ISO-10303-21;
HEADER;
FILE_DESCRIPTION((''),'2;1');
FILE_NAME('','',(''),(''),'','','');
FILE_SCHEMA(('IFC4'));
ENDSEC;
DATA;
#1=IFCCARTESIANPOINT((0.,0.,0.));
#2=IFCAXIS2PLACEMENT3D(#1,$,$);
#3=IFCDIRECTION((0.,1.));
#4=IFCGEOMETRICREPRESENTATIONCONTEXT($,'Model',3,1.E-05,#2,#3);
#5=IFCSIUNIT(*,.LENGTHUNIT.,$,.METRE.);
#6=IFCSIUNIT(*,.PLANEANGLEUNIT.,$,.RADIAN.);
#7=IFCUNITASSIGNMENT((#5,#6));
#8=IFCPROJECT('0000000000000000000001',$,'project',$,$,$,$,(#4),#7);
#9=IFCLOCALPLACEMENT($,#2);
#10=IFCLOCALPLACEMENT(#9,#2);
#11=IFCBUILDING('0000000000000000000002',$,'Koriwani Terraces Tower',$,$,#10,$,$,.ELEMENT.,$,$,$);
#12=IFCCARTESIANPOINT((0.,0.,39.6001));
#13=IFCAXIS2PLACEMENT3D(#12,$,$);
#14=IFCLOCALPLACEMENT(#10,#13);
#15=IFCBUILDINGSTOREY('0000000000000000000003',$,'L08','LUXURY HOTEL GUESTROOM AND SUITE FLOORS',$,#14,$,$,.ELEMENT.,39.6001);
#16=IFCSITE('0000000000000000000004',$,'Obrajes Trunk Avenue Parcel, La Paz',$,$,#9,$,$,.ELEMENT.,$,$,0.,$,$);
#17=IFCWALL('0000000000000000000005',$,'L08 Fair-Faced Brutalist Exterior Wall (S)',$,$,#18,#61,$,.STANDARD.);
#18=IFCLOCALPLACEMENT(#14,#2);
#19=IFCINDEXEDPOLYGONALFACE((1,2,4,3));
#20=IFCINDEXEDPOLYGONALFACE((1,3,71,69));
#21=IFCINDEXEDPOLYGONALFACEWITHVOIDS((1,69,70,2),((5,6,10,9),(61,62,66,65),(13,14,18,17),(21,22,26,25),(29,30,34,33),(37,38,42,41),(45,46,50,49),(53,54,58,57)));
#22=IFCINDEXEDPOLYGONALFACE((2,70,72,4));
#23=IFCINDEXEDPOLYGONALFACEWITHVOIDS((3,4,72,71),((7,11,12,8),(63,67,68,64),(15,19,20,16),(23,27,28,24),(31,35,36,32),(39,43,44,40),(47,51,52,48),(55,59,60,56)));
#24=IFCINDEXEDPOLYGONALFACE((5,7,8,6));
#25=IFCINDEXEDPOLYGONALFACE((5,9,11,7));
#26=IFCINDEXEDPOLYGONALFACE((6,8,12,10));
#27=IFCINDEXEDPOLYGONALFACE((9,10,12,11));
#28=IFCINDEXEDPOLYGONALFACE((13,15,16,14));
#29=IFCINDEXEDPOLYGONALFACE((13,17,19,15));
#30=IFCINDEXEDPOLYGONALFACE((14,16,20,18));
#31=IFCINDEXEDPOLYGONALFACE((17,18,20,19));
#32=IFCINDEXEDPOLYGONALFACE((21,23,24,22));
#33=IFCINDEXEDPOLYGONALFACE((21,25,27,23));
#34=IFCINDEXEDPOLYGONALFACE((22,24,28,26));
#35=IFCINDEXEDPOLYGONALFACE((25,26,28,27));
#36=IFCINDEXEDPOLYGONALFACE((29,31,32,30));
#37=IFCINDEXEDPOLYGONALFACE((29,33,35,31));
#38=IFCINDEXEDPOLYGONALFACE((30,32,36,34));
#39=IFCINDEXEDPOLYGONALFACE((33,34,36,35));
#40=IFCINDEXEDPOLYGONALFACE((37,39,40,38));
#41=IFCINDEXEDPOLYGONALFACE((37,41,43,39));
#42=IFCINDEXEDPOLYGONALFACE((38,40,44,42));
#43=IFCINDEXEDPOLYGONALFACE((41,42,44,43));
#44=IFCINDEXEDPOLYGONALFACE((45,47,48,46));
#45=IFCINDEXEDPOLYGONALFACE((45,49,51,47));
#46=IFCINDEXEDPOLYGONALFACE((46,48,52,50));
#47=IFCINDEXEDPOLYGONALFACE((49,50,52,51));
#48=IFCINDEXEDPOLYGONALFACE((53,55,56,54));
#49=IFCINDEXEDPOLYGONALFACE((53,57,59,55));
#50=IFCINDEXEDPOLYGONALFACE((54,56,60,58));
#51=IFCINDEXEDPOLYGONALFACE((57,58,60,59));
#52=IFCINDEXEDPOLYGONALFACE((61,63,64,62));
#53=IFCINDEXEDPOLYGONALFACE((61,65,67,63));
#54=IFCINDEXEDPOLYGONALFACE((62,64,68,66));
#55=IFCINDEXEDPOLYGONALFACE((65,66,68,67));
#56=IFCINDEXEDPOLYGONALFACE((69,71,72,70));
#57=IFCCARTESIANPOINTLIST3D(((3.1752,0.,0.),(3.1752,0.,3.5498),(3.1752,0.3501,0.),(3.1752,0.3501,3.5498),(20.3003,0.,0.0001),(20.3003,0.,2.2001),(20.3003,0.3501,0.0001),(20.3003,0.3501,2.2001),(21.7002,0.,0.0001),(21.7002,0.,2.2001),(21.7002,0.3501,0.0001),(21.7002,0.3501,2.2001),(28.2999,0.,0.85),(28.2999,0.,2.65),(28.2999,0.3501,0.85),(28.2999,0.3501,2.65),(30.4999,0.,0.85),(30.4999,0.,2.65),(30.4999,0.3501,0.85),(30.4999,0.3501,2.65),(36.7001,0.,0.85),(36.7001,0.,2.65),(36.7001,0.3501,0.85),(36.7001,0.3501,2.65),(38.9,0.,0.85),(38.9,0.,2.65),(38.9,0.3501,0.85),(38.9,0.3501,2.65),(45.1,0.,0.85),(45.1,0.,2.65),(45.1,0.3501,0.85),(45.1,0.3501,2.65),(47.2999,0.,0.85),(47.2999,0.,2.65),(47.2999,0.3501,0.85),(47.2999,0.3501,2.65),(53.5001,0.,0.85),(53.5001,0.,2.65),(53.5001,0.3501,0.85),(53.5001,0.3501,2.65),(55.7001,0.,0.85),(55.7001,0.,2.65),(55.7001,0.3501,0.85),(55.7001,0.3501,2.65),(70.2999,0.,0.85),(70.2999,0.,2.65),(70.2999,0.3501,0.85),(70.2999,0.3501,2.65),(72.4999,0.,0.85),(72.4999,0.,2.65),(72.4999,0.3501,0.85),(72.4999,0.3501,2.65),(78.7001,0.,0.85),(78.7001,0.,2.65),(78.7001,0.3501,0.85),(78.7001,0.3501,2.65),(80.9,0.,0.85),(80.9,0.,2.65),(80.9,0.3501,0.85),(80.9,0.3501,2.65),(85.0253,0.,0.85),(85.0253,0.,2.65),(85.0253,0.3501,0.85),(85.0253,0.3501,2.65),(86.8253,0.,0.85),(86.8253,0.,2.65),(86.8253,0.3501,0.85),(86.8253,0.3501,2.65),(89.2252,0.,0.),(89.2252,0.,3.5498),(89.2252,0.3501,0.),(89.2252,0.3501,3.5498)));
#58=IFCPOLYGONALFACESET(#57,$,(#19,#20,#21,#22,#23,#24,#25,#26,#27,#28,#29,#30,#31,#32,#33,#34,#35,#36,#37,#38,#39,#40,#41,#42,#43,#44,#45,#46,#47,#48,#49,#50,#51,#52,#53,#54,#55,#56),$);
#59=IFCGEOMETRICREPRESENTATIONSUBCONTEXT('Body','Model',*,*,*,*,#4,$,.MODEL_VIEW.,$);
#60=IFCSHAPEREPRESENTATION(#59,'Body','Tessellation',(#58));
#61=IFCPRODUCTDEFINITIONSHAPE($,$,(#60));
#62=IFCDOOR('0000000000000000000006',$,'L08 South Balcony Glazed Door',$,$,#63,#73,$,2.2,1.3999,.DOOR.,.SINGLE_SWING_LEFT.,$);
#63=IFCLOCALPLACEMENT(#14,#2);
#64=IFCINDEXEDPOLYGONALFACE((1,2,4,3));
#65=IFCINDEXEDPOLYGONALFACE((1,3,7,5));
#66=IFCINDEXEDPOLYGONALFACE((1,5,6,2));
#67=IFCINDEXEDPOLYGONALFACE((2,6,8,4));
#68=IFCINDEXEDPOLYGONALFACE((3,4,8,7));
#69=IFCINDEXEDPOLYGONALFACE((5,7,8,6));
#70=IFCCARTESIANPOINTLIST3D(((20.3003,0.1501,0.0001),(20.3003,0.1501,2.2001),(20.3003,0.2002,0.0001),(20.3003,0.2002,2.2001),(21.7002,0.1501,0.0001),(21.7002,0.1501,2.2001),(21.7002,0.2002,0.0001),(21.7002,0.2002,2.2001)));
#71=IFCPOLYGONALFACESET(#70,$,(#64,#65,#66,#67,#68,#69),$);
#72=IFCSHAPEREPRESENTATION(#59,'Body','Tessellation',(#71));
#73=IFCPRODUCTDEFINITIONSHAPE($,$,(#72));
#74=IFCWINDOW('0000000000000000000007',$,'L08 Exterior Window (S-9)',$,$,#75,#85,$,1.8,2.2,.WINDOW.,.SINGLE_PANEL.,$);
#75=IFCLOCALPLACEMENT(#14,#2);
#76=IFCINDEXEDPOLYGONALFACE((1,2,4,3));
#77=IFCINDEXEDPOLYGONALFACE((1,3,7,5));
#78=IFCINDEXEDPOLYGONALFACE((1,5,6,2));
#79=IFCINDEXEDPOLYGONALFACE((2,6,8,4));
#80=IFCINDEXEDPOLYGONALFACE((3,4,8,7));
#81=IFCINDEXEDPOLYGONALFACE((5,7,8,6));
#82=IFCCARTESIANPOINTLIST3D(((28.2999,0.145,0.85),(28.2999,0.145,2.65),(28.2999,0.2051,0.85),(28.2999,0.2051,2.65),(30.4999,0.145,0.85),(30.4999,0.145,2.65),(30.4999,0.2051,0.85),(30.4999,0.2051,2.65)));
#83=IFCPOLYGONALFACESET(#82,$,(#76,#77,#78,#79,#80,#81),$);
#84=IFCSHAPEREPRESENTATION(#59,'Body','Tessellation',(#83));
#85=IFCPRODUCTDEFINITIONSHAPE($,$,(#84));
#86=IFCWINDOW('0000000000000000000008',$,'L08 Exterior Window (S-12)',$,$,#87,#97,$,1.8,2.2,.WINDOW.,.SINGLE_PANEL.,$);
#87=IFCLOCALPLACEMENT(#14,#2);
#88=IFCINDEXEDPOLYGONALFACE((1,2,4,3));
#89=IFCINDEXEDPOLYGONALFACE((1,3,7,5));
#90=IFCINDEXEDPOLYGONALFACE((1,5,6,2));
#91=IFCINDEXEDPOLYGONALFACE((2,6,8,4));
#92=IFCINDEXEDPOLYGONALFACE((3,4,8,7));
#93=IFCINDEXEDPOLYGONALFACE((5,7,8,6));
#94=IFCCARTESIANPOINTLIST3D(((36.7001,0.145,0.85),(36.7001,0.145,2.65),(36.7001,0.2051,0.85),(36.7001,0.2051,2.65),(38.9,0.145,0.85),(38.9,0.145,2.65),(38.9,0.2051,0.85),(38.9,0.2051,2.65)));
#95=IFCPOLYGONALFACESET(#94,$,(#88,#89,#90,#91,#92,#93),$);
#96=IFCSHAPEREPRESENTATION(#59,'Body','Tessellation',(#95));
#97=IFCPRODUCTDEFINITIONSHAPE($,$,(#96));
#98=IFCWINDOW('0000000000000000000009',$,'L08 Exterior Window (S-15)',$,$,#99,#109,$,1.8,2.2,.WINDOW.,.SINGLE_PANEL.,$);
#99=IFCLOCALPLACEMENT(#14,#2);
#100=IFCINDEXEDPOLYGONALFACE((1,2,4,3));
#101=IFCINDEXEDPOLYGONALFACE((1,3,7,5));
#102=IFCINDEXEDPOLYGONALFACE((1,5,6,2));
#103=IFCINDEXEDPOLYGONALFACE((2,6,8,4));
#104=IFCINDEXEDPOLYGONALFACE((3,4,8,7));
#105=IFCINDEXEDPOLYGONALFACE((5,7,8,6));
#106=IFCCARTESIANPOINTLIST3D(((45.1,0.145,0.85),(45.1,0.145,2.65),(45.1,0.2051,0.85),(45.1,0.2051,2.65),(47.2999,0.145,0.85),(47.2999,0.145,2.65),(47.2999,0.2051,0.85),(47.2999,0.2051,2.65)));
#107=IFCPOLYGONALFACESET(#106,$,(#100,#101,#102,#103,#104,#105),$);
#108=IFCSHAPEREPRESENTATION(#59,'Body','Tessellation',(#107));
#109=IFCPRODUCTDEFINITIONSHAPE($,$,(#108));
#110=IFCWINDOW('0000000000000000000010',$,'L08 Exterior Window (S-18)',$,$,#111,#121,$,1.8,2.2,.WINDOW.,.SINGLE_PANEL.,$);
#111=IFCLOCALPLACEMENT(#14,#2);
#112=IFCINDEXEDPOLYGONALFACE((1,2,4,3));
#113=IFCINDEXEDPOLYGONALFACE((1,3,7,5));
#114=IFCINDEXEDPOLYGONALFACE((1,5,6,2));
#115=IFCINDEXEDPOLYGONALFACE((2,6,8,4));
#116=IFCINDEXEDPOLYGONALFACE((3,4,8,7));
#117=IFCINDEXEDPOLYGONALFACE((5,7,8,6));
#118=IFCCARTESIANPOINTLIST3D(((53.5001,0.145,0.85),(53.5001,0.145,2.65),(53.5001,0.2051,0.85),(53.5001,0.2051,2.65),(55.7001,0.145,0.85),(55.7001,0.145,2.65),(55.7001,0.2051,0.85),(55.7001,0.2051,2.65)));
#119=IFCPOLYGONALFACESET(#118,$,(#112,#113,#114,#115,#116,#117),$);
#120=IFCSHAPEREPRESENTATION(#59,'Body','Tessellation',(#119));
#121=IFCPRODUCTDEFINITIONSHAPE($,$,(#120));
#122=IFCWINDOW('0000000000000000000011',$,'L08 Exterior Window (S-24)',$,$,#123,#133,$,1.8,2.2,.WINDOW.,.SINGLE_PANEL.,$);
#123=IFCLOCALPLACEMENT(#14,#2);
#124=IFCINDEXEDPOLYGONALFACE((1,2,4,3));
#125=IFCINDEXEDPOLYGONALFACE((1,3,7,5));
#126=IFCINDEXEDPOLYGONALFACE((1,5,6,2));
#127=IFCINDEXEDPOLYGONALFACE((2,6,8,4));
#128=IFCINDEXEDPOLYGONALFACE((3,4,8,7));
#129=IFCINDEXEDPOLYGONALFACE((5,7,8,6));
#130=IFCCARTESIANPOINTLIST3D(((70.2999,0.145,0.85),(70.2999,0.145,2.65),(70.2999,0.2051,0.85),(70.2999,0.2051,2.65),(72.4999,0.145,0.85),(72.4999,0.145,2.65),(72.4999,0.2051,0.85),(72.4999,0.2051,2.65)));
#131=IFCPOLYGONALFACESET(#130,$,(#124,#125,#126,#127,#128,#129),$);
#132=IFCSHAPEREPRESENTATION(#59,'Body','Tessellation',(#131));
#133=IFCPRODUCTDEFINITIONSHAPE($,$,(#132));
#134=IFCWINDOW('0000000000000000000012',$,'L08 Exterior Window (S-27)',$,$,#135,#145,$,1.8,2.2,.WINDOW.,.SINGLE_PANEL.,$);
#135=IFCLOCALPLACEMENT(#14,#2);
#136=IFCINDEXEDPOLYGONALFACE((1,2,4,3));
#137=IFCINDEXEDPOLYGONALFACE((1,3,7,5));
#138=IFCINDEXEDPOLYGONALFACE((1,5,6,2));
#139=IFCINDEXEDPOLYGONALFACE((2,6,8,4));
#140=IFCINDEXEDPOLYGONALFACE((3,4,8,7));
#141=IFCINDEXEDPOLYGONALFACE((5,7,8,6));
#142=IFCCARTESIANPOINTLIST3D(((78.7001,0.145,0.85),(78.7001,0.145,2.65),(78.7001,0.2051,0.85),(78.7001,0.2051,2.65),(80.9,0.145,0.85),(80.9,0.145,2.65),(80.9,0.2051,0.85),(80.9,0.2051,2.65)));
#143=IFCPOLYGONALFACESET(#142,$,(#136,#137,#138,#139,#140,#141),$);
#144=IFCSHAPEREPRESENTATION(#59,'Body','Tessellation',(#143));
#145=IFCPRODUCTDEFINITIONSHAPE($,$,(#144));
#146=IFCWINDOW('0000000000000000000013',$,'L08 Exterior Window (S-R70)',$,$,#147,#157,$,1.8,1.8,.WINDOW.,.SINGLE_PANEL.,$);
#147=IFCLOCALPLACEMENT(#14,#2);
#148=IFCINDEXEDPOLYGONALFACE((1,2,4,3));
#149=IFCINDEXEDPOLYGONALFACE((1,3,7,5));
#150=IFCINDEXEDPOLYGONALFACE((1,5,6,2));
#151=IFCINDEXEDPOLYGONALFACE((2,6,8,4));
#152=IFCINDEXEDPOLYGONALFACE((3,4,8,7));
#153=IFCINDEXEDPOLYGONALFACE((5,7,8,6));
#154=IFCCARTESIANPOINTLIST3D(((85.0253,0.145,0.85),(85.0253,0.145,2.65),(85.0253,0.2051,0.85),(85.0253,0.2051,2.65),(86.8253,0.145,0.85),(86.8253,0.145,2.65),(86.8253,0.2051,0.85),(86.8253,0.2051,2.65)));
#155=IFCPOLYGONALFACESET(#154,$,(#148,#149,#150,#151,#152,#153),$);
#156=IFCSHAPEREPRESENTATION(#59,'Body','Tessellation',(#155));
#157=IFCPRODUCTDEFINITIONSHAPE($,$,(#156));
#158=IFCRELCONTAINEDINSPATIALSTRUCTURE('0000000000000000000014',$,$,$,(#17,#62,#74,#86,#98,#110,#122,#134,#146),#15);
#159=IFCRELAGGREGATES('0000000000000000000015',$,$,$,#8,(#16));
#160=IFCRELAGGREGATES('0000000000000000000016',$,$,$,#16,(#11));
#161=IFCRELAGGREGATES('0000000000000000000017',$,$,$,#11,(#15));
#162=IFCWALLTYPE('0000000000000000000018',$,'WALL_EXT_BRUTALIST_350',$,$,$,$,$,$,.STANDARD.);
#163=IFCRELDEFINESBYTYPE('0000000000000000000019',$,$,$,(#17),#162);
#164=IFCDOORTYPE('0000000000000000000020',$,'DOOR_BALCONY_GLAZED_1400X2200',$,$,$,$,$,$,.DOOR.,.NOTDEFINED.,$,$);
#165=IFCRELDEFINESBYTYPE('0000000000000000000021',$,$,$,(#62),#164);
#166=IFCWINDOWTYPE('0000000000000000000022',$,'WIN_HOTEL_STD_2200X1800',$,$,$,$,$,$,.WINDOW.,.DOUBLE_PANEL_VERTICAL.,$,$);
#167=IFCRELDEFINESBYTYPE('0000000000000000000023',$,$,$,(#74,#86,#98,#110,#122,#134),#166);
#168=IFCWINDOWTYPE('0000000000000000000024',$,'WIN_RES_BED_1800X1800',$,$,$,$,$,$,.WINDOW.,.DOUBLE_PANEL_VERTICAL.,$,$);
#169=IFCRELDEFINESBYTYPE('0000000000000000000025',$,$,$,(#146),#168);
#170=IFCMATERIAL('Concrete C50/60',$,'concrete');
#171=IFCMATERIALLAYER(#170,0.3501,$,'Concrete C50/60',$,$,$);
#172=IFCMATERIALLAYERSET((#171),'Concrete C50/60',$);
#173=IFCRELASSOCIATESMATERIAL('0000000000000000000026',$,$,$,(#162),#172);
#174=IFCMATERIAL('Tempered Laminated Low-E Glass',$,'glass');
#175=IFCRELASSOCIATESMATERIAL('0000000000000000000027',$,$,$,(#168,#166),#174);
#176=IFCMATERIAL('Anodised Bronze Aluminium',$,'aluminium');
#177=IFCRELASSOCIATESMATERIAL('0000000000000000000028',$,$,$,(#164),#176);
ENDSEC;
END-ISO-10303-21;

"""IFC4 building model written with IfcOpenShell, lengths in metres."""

from ifc_helpers import new_model, si_unit, direction, frame, frame_2d, origin, place, context, subcontext, project, spatial, rectangle, extrude, material, layer, layer_set, type_object, element, fill, save


model = new_model("IFC4")

# Units and contexts
model_context = context("Model", 3, precision=1e-05, world=origin(), true_north=direction((0.0, 1.0)))
body_context = subcontext(model_context, "Body", "Model", "MODEL_VIEW")
ifc_project = project(units=[si_unit("LENGTHUNIT", "METRE"), si_unit("PLANEANGLEUNIT", "RADIAN")], contexts=[model_context])

# Site, building, storey
site_placement = place(None, origin())
site = spatial("IfcSite", under=ifc_project, at=site_placement, Name="Obrajes Trunk Avenue Parcel, La Paz", CompositionType="ELEMENT", RefElevation=0.0)
building_placement = place(site_placement, origin())
building = spatial("IfcBuilding", under=site, at=building_placement, Name="Koriwani Terraces Tower", CompositionType="ELEMENT")
storey_placement = place(building_placement, frame((0.0, 0.0, 39.6001)))
storey = spatial("IfcBuildingStorey", under=building, at=storey_placement, Name="L08", Description="LUXURY HOTEL GUESTROOM AND SUITE FLOORS", CompositionType="ELEMENT", Elevation=39.6001)

# Shared definitions
ifc_material_1 = material(Name="Anodised Bronze Aluminium", Category="aluminium")
ifc_material_2 = material(Name="Tempered Laminated Low-E Glass", Category="glass")

# Shared definitions
ifc_material_3 = material(Name="Concrete C50/60", Category="concrete")
ifc_layer_1 = layer(ifc_material_3, 0.3501, Name="Concrete C50/60")
ifc_layer_set_1 = layer_set([ifc_layer_1], Name="Concrete C50/60")
wall_type_1 = type_object("IfcWallType", Name="WALL_EXT_BRUTALIST_350", PredefinedType="STANDARD", material=ifc_layer_set_1)

# Shared definitions
window_type_1 = type_object("IfcWindowType", Name="WIN_RES_BED_1800X1800", PartitioningType="DOUBLE_PANEL_VERTICAL", PredefinedType="WINDOW", material=ifc_material_2)

# Wall, openings, door, windows
wall_1_placement = place(storey_placement, frame((89.2251, 0.175, 0.0), z_axis=(0.0, 0.0, 1.0), x_axis=(-1.0, 0.0, 0.0)))
wall_1 = element("IfcWall", 1, at=wall_1_placement, inside=storey, type_object=wall_type_1, Name="L08 Fair-Faced Brutalist Exterior Wall (S)", PredefinedType="STANDARD", context=body_context, shape_type="SweptSolid", body=[
    extrude(rectangle(XDim=86.05, YDim=0.3501, at=frame_2d((43.0249, 0.0))), origin(), (0.0, 0.0, 1.0), 3.5498),
])
opening_1_placement = place(wall_1_placement, frame((67.5249, 0.0, 0.0)))
opening_1 = element("IfcOpeningElement", 2, at=opening_1_placement, cuts=wall_1, PredefinedType="OPENING", context=body_context, shape_type="SweptSolid", body=[
    extrude(rectangle(XDim=1.3999, YDim=2.2, at=frame_2d((0.7, 1.1001))), frame((0.0, 0.1851, 0.0), z_axis=(0.0, -1.0, 0.0), x_axis=(1.0, 0.0, 0.0)), (0.0, 0.0, 1.0), 0.3701),
])
opening_2_placement = place(wall_1_placement, frame((58.7251, 0.0, 0.8501)))
opening_2 = element("IfcOpeningElement", 3, at=opening_2_placement, cuts=wall_1, PredefinedType="OPENING", context=body_context, shape_type="SweptSolid", body=[
    extrude(rectangle(XDim=2.2, YDim=1.8, at=frame_2d((1.1001, 0.8999))), frame((0.0, 0.1851, 0.0), z_axis=(0.0, -1.0, 0.0), x_axis=(1.0, 0.0, 0.0)), (0.0, 0.0, 1.0), 0.3701),
])
opening_3_placement = place(wall_1_placement, frame((50.325, 0.0, 0.8501)))
opening_3 = element("IfcOpeningElement", 4, at=opening_3_placement, cuts=wall_1, PredefinedType="OPENING", context=body_context, shape_type="SweptSolid", body=[
    extrude(rectangle(XDim=2.2, YDim=1.8, at=frame_2d((1.1001, 0.8999))), frame((0.0, 0.1851, 0.0), z_axis=(0.0, -1.0, 0.0), x_axis=(1.0, 0.0, 0.0)), (0.0, 0.0, 1.0), 0.3701),
])
opening_4_placement = place(wall_1_placement, frame((41.925, 0.0, 0.8501)))
opening_4 = element("IfcOpeningElement", 5, at=opening_4_placement, cuts=wall_1, PredefinedType="OPENING", context=body_context, shape_type="SweptSolid", body=[
    extrude(rectangle(XDim=2.2, YDim=1.8, at=frame_2d((1.1001, 0.8999))), frame((0.0, 0.1851, 0.0), z_axis=(0.0, -1.0, 0.0), x_axis=(1.0, 0.0, 0.0)), (0.0, 0.0, 1.0), 0.3701),
])
opening_5_placement = place(wall_1_placement, frame((33.5249, 0.0, 0.8501)))
opening_5 = element("IfcOpeningElement", 6, at=opening_5_placement, cuts=wall_1, PredefinedType="OPENING", context=body_context, shape_type="SweptSolid", body=[
    extrude(rectangle(XDim=2.2, YDim=1.8, at=frame_2d((1.1001, 0.8999))), frame((0.0, 0.1851, 0.0), z_axis=(0.0, -1.0, 0.0), x_axis=(1.0, 0.0, 0.0)), (0.0, 0.0, 1.0), 0.3701),
])
opening_6_placement = place(wall_1_placement, frame((16.7251, 0.0, 0.8501)))
opening_6 = element("IfcOpeningElement", 7, at=opening_6_placement, cuts=wall_1, PredefinedType="OPENING", context=body_context, shape_type="SweptSolid", body=[
    extrude(rectangle(XDim=2.2, YDim=1.8, at=frame_2d((1.1001, 0.8999))), frame((0.0, 0.1851, 0.0), z_axis=(0.0, -1.0, 0.0), x_axis=(1.0, 0.0, 0.0)), (0.0, 0.0, 1.0), 0.3701),
])
opening_7_placement = place(wall_1_placement, frame((8.325, 0.0, 0.8501)))
opening_7 = element("IfcOpeningElement", 8, at=opening_7_placement, cuts=wall_1, PredefinedType="OPENING", context=body_context, shape_type="SweptSolid", body=[
    extrude(rectangle(XDim=2.2, YDim=1.8, at=frame_2d((1.1001, 0.8999))), frame((0.0, 0.1851, 0.0), z_axis=(0.0, -1.0, 0.0), x_axis=(1.0, 0.0, 0.0)), (0.0, 0.0, 1.0), 0.3701),
])
opening_8_placement = place(wall_1_placement, frame((2.3999, 0.0, 0.8501)))
opening_8 = element("IfcOpeningElement", 9, at=opening_8_placement, cuts=wall_1, PredefinedType="OPENING", context=body_context, shape_type="SweptSolid", body=[
    extrude(rectangle(XDim=1.8, YDim=1.8, at=frame_2d((0.8999, 0.8999))), frame((0.0, 0.1851, 0.0), z_axis=(0.0, -1.0, 0.0), x_axis=(1.0, 0.0, 0.0)), (0.0, 0.0, 1.0), 0.3701),
])
door_type = type_object("IfcDoorType", Name="DOOR_BALCONY_GLAZED_1400X2200", OperationType="NOTDEFINED", PredefinedType="DOOR", material=ifc_material_1)
door_placement = place(opening_1_placement, origin())
door = element("IfcDoor", 10, at=door_placement, inside=storey, type_object=door_type, Name="L08 South Balcony Glazed Door", OperationType="SINGLE_SWING_LEFT", OverallHeight=2.2, OverallWidth=1.3999, PredefinedType="DOOR", context=body_context, shape_type="SweptSolid", body=[
    extrude(rectangle(XDim=1.3999, YDim=2.2, at=frame_2d((0.7, 1.1001))), frame((0.0, 0.0249, 0.0), z_axis=(0.0, -1.0, 0.0), x_axis=(1.0, 0.0, 0.0)), (0.0, 0.0, 1.0), 0.05),
])
fill(opening_1, door)
window_type_2 = type_object("IfcWindowType", Name="WIN_HOTEL_STD_2200X1800", PartitioningType="DOUBLE_PANEL_VERTICAL", PredefinedType="WINDOW", material=ifc_material_2)
window_1_placement = place(opening_2_placement, origin())
window_1 = element("IfcWindow", 11, at=window_1_placement, inside=storey, type_object=window_type_2, Name="L08 Exterior Window (S-9)", OverallHeight=1.8, OverallWidth=2.2, PartitioningType="SINGLE_PANEL", PredefinedType="WINDOW", context=body_context, shape_type="SweptSolid", body=[
    extrude(rectangle(XDim=2.2, YDim=1.8, at=frame_2d((1.1001, 0.8999))), frame((0.0, 0.03, 0.0), z_axis=(0.0, -1.0, 0.0), x_axis=(1.0, 0.0, 0.0)), (0.0, 0.0, 1.0), 0.0601),
])
fill(opening_2, window_1)
window_2_placement = place(opening_3_placement, origin())
window_2 = element("IfcWindow", 12, at=window_2_placement, inside=storey, type_object=window_type_2, Name="L08 Exterior Window (S-12)", OverallHeight=1.8, OverallWidth=2.2, PartitioningType="SINGLE_PANEL", PredefinedType="WINDOW", context=body_context, shape_type="SweptSolid", body=[
    extrude(rectangle(XDim=2.2, YDim=1.8, at=frame_2d((1.1001, 0.8999))), frame((0.0, 0.03, 0.0), z_axis=(0.0, -1.0, 0.0), x_axis=(1.0, 0.0, 0.0)), (0.0, 0.0, 1.0), 0.0601),
])
fill(opening_3, window_2)
window_3_placement = place(opening_4_placement, origin())
window_3 = element("IfcWindow", 13, at=window_3_placement, inside=storey, type_object=window_type_2, Name="L08 Exterior Window (S-15)", OverallHeight=1.8, OverallWidth=2.2, PartitioningType="SINGLE_PANEL", PredefinedType="WINDOW", context=body_context, shape_type="SweptSolid", body=[
    extrude(rectangle(XDim=2.2, YDim=1.8, at=frame_2d((1.1001, 0.8999))), frame((0.0, 0.03, 0.0), z_axis=(0.0, -1.0, 0.0), x_axis=(1.0, 0.0, 0.0)), (0.0, 0.0, 1.0), 0.0601),
])
fill(opening_4, window_3)
window_4_placement = place(opening_5_placement, origin())
window_4 = element("IfcWindow", 14, at=window_4_placement, inside=storey, type_object=window_type_2, Name="L08 Exterior Window (S-18)", OverallHeight=1.8, OverallWidth=2.2, PartitioningType="SINGLE_PANEL", PredefinedType="WINDOW", context=body_context, shape_type="SweptSolid", body=[
    extrude(rectangle(XDim=2.2, YDim=1.8, at=frame_2d((1.1001, 0.8999))), frame((0.0, 0.03, 0.0), z_axis=(0.0, -1.0, 0.0), x_axis=(1.0, 0.0, 0.0)), (0.0, 0.0, 1.0), 0.0601),
])
fill(opening_5, window_4)
window_5_placement = place(opening_6_placement, origin())
window_5 = element("IfcWindow", 15, at=window_5_placement, inside=storey, type_object=window_type_2, Name="L08 Exterior Window (S-24)", OverallHeight=1.8, OverallWidth=2.2, PartitioningType="SINGLE_PANEL", PredefinedType="WINDOW", context=body_context, shape_type="SweptSolid", body=[
    extrude(rectangle(XDim=2.2, YDim=1.8, at=frame_2d((1.1001, 0.8999))), frame((0.0, 0.03, 0.0), z_axis=(0.0, -1.0, 0.0), x_axis=(1.0, 0.0, 0.0)), (0.0, 0.0, 1.0), 0.0601),
])
fill(opening_6, window_5)
window_6_placement = place(opening_7_placement, origin())
window_6 = element("IfcWindow", 16, at=window_6_placement, inside=storey, type_object=window_type_2, Name="L08 Exterior Window (S-27)", OverallHeight=1.8, OverallWidth=2.2, PartitioningType="SINGLE_PANEL", PredefinedType="WINDOW", context=body_context, shape_type="SweptSolid", body=[
    extrude(rectangle(XDim=2.2, YDim=1.8, at=frame_2d((1.1001, 0.8999))), frame((0.0, 0.03, 0.0), z_axis=(0.0, -1.0, 0.0), x_axis=(1.0, 0.0, 0.0)), (0.0, 0.0, 1.0), 0.0601),
])
fill(opening_7, window_6)
window_7_placement = place(opening_8_placement, origin())
window_7 = element("IfcWindow", 17, at=window_7_placement, inside=storey, type_object=window_type_1, Name="L08 Exterior Window (S-R70)", OverallHeight=1.8, OverallWidth=1.8, PartitioningType="SINGLE_PANEL", PredefinedType="WINDOW", context=body_context, shape_type="SweptSolid", body=[
    extrude(rectangle(XDim=1.8, YDim=1.8, at=frame_2d((0.8999, 0.8999))), frame((0.0, 0.03, 0.0), z_axis=(0.0, -1.0, 0.0), x_axis=(1.0, 0.0, 0.0)), (0.0, 0.0, 1.0), 0.0601),
])
fill(opening_8, window_7)

save(model, "model.ifc")
